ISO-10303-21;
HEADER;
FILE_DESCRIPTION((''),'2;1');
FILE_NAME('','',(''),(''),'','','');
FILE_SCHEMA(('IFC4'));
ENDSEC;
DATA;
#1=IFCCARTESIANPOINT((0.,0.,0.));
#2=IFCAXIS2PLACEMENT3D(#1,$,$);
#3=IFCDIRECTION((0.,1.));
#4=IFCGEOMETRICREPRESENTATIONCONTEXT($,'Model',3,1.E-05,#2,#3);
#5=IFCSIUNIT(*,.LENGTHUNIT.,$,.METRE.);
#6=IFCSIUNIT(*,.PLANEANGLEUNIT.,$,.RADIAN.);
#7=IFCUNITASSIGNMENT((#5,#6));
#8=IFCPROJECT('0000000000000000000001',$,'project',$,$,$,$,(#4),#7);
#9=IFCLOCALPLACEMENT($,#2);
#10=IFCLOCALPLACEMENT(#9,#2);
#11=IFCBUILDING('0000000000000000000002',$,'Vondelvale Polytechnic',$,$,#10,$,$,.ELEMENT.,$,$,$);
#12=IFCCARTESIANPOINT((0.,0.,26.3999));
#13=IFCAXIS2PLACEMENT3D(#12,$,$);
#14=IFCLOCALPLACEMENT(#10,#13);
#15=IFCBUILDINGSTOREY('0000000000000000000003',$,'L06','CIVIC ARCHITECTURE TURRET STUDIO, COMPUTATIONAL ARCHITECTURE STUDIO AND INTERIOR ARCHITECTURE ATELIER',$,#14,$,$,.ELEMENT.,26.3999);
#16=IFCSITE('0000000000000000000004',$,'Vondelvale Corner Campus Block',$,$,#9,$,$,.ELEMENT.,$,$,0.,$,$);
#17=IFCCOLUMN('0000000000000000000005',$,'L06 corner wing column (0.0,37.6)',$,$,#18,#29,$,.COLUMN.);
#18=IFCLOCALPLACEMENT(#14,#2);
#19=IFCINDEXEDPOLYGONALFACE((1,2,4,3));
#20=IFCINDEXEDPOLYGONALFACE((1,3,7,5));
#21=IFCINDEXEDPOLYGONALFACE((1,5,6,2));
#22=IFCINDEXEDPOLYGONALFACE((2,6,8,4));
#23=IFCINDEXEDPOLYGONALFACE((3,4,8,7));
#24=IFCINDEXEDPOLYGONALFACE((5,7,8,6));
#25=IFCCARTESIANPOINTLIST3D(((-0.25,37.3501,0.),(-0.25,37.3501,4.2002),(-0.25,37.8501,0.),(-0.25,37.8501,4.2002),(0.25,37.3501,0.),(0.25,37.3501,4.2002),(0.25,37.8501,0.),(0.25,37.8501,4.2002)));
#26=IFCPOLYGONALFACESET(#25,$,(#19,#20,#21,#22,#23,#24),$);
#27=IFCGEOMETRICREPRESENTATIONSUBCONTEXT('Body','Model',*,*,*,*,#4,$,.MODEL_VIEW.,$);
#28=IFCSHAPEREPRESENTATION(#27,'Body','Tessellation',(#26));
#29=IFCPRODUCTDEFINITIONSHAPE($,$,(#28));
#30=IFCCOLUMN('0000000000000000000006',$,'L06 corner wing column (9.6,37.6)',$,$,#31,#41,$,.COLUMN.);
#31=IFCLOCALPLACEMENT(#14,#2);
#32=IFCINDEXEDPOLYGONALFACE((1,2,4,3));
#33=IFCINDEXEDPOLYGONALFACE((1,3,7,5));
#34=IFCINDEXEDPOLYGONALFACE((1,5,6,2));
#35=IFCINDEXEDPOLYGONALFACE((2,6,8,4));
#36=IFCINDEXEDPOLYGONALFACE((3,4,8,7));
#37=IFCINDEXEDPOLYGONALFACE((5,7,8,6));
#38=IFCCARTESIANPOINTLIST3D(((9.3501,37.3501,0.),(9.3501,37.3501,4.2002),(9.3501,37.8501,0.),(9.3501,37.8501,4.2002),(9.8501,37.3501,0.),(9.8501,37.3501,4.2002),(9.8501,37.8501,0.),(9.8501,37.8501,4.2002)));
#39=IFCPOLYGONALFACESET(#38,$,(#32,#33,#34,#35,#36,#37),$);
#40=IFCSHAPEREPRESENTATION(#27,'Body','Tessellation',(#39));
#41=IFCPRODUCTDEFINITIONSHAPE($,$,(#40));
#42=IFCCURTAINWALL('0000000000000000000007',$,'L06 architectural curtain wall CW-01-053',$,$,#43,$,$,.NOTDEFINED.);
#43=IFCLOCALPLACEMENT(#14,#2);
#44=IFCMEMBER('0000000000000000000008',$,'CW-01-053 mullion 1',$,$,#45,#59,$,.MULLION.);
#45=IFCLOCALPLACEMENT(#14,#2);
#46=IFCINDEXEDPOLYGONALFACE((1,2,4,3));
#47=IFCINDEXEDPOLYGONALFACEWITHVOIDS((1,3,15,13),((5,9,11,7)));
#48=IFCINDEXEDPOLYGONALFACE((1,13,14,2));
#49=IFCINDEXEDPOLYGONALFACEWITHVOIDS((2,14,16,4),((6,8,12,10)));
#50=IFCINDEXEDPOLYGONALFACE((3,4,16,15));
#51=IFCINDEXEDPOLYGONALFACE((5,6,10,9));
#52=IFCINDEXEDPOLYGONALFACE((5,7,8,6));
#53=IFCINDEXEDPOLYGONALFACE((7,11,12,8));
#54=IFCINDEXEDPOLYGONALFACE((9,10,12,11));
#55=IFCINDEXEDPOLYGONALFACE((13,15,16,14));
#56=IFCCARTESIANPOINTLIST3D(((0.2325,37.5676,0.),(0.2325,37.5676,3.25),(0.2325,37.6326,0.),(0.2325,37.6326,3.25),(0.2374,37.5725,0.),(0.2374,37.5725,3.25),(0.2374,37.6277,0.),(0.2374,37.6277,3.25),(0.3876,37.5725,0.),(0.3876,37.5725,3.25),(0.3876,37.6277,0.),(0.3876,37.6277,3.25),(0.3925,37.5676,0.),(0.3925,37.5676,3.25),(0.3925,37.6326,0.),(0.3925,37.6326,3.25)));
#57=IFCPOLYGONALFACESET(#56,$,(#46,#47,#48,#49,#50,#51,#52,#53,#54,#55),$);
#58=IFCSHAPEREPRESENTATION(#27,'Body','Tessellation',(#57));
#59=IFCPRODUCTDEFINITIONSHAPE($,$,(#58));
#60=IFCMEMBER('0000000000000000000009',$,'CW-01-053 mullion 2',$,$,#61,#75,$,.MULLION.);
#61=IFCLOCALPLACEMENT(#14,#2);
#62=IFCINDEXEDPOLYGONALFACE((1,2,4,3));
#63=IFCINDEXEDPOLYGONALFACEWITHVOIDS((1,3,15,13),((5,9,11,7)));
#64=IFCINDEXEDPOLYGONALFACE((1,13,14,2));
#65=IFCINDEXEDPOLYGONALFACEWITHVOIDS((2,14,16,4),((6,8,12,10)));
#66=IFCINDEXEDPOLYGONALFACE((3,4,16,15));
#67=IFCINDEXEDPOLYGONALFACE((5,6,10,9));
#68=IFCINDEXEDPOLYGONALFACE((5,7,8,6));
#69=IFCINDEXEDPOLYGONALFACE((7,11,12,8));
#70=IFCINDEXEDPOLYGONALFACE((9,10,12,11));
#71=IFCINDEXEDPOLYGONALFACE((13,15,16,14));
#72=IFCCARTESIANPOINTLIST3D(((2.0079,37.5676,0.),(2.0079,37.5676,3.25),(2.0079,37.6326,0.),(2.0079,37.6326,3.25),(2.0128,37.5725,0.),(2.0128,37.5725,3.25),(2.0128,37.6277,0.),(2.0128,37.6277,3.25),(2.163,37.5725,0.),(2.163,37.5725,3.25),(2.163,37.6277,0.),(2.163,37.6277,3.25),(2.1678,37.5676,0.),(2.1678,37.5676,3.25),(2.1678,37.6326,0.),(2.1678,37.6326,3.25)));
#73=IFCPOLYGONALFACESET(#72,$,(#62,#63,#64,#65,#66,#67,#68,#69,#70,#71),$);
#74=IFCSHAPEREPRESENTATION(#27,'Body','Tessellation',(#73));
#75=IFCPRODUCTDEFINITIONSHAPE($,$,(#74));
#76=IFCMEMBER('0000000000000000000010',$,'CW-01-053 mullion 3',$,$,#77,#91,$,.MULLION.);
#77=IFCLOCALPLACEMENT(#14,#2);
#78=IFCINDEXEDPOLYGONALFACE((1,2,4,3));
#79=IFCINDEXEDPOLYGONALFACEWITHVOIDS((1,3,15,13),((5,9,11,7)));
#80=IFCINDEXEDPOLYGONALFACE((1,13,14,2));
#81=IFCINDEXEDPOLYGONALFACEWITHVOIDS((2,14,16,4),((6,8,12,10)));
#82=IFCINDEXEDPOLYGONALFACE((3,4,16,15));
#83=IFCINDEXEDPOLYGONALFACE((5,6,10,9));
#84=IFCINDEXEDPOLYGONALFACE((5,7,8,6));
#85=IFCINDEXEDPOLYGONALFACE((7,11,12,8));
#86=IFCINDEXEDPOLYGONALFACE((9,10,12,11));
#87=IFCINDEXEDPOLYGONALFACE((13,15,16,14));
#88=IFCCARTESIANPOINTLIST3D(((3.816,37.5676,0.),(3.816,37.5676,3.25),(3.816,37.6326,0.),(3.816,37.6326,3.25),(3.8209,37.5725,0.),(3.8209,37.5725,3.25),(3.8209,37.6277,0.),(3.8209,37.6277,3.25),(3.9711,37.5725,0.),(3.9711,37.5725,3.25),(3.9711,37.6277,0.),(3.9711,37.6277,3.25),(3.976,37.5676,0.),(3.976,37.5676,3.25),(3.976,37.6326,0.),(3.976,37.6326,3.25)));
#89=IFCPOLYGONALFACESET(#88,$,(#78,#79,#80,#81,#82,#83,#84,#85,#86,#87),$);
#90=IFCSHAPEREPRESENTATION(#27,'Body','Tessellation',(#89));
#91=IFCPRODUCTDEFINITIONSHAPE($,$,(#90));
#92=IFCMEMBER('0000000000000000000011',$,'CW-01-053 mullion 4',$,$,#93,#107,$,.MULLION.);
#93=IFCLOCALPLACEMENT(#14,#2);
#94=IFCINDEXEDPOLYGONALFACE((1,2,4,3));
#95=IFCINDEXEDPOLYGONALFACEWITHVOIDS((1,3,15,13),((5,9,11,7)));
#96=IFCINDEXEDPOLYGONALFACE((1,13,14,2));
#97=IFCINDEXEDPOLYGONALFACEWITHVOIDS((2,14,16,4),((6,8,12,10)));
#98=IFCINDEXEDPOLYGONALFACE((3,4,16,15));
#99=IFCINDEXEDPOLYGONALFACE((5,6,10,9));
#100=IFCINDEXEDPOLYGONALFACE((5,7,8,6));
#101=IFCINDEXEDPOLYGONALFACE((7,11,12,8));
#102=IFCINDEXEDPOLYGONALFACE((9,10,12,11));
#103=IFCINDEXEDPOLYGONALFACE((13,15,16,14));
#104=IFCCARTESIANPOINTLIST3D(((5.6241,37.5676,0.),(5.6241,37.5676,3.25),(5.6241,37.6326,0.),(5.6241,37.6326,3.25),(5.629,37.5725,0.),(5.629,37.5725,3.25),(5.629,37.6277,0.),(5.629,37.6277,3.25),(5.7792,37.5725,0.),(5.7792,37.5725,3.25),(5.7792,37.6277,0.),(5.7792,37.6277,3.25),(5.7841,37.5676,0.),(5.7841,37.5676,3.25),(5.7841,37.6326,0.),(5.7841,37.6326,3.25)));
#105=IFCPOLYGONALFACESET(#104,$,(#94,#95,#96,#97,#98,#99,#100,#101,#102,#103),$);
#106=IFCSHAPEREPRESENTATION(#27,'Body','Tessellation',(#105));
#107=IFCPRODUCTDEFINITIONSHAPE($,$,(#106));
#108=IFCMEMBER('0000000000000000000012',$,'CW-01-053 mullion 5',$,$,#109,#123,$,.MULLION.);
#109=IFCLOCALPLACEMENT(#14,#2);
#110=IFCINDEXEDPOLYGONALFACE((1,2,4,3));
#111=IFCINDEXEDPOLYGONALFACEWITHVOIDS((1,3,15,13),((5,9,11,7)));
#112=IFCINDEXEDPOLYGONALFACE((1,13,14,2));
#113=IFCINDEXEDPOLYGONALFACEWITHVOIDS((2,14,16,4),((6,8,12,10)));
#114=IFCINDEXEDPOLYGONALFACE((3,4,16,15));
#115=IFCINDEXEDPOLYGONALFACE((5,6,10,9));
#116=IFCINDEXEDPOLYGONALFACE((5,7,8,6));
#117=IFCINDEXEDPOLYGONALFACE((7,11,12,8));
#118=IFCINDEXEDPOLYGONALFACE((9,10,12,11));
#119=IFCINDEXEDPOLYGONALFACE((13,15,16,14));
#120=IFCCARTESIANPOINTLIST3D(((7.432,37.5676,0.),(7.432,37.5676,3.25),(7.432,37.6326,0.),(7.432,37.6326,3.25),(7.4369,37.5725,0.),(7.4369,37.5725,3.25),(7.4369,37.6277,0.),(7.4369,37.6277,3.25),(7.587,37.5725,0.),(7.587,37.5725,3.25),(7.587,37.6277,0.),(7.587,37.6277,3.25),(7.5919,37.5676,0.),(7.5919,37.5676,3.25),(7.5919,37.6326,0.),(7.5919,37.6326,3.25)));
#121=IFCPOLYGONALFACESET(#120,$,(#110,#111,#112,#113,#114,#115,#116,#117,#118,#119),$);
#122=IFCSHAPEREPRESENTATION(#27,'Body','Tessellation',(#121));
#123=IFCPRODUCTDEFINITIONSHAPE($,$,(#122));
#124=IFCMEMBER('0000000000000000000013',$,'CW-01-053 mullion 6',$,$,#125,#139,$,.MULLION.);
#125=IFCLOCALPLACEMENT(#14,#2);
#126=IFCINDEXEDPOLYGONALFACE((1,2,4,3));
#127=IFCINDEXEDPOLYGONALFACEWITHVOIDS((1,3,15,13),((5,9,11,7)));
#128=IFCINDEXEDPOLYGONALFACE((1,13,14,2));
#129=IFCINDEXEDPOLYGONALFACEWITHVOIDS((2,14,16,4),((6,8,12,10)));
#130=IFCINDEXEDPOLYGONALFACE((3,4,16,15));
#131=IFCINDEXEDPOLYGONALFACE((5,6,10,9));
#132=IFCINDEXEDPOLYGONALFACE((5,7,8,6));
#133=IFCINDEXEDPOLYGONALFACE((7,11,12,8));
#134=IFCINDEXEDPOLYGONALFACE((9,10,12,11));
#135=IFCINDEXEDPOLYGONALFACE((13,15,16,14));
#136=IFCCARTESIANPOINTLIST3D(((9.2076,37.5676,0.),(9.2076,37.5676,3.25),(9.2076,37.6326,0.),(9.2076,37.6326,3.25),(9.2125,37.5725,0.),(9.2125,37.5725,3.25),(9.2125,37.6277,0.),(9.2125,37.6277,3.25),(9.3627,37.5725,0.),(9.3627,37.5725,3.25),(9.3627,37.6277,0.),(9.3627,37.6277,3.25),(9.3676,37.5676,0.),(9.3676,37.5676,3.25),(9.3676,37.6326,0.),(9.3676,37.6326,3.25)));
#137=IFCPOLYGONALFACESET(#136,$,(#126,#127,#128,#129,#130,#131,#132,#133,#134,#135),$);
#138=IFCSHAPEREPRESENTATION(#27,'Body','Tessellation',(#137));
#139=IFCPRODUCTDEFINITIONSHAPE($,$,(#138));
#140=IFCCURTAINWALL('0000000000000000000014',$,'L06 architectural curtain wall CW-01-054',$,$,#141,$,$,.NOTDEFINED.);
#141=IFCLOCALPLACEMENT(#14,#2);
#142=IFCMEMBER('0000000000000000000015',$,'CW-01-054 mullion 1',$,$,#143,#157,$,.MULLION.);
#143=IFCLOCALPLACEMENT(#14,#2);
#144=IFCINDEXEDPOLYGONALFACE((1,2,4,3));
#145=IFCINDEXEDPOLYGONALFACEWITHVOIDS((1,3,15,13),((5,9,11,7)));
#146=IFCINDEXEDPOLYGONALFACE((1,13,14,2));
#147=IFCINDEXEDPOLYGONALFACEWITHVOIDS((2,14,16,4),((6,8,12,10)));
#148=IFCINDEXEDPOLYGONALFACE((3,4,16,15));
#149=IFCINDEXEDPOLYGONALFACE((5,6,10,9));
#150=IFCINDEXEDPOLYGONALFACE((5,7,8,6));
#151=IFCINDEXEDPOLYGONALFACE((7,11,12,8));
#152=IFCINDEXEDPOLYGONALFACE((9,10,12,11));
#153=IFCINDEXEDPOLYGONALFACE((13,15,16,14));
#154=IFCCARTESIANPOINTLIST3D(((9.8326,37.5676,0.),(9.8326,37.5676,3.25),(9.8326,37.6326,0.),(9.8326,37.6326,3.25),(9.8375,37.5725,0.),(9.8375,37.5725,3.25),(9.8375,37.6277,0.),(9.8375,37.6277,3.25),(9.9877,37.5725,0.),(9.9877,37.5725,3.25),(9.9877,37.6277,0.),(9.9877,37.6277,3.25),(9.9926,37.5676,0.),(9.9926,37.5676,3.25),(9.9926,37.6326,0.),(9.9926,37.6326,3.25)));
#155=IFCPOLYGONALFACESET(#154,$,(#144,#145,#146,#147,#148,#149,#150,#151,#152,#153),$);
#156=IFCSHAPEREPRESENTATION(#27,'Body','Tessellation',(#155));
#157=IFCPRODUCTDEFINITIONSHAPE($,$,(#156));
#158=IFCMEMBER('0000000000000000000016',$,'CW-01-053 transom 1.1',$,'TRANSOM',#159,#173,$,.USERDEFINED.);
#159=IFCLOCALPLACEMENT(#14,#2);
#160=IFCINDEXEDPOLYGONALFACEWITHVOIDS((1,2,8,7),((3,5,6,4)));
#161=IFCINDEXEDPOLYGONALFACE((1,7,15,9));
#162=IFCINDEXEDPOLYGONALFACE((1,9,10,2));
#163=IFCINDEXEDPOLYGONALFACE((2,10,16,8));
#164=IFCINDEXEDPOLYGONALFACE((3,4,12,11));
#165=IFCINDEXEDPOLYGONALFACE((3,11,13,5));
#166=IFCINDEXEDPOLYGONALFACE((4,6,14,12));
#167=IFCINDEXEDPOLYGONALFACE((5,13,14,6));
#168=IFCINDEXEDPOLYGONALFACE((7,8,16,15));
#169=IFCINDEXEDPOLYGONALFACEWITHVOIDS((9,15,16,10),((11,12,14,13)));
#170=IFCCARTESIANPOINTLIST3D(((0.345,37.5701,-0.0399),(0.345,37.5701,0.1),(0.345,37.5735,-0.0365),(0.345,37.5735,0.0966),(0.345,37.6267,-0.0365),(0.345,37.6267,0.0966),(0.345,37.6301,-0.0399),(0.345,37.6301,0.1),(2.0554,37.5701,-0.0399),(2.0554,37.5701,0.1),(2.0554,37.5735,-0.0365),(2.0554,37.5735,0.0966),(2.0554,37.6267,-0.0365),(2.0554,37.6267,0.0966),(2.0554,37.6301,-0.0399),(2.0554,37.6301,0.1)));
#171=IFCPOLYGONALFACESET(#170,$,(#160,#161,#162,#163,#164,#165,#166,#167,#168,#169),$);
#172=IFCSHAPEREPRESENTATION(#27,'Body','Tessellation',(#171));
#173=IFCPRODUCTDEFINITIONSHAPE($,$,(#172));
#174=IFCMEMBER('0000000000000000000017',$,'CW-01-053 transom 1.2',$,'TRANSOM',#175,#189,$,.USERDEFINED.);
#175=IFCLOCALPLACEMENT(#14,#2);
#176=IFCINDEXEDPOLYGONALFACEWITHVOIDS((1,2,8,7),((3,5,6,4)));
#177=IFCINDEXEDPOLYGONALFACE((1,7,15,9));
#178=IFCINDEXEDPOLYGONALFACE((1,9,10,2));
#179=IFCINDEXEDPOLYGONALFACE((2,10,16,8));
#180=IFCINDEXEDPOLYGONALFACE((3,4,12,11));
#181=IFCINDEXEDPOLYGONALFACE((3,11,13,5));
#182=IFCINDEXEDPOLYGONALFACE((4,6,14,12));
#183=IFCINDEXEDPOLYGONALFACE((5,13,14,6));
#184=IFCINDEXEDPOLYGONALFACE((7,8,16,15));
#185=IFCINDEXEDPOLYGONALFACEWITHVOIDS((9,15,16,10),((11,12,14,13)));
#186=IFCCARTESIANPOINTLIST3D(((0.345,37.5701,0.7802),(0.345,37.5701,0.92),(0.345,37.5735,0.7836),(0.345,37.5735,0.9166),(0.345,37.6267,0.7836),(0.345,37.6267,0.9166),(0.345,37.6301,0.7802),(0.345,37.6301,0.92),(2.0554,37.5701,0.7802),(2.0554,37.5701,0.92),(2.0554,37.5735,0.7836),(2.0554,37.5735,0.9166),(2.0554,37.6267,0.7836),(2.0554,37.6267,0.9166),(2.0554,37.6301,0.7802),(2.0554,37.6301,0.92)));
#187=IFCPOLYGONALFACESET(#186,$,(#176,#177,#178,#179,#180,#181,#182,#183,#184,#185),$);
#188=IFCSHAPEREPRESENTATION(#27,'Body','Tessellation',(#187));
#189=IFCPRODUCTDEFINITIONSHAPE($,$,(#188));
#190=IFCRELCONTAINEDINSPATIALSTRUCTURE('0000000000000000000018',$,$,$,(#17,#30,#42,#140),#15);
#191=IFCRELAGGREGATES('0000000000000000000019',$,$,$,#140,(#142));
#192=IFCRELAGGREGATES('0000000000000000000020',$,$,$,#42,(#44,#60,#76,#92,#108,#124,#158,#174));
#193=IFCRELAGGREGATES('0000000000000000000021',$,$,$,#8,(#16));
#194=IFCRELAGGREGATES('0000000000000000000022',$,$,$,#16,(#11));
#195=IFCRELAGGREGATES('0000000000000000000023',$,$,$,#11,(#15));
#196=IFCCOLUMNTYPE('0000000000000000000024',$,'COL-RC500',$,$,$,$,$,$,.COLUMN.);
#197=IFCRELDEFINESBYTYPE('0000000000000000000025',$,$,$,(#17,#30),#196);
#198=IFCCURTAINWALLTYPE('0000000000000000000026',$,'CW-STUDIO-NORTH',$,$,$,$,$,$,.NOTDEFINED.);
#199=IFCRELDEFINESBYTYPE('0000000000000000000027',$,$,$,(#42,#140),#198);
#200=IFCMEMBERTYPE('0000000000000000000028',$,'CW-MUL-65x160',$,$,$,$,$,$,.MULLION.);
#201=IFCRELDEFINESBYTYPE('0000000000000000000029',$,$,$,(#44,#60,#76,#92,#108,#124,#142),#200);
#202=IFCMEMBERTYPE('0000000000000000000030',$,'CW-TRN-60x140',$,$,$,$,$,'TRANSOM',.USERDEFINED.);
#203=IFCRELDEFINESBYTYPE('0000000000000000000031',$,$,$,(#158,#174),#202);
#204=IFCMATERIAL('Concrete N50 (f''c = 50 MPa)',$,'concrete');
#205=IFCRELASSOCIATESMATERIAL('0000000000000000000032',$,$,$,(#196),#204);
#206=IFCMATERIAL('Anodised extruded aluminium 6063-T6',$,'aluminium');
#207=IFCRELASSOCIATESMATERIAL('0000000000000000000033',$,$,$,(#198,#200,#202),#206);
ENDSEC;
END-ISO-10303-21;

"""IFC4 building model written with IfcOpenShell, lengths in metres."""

from ifc_helpers import new_model, si_unit, direction, frame, origin, origin_2d, place, context, subcontext, project, spatial, rectangle, hollow_rectangle, extrude, material, material_profile, profile_set, type_object, element, aggregate, save


model = new_model("IFC4")

# Units and contexts
model_context = context("Model", 3, precision=1e-05, world=origin(), true_north=direction((0.0, 1.0)))
body_context = subcontext(model_context, "Body", "Model", "MODEL_VIEW")
ifc_project = project(units=[si_unit("LENGTHUNIT", "METRE"), si_unit("PLANEANGLEUNIT", "RADIAN")], contexts=[model_context])

# Site, building, storey
site_placement = place(None, origin())
site = spatial("IfcSite", under=ifc_project, at=site_placement, Name="Vondelvale Corner Campus Block", CompositionType="ELEMENT", RefElevation=0.0)
building_placement = place(site_placement, origin())
building = spatial("IfcBuilding", under=site, at=building_placement, Name="Vondelvale Polytechnic", CompositionType="ELEMENT")
storey_placement = place(building_placement, frame((0.0, 0.0, 26.3999)))
storey = spatial("IfcBuildingStorey", under=building, at=storey_placement, Name="L06", Description="CIVIC ARCHITECTURE TURRET STUDIO, COMPUTATIONAL ARCHITECTURE STUDIO AND INTERIOR ARCHITECTURE ATELIER", CompositionType="ELEMENT", Elevation=26.3999)

# Columns
ifc_material_1 = material(Name="Concrete N50 (f'c = 50 MPa)", Category="concrete")
ifc_material_profile_1 = material_profile(ifc_material_1, rectangle(XDim=0.5, YDim=0.5, at=origin_2d()), Name="RC-COL-500x500")
ifc_profile_set_1 = profile_set([ifc_material_profile_1], Name="Concrete N50 (f'c = 50 MPa)")
column_type = type_object("IfcColumnType", Name="COL-RC500", PredefinedType="COLUMN", material=ifc_profile_set_1)
for number, where, z_axis, x_axis, name in (
    (1, (0.0, 37.6001, 0.0), (0.0, 0.0, 1.0), (1.0, 0.0, 0.0), "L06 corner wing column (0.0,37.6)"),
    (2, (9.6001, 37.6001, 0.0), (0.0, 0.0, 1.0), (1.0, 0.0, 0.0), "L06 corner wing column (9.6,37.6)"),
):
    element("IfcColumn", number, at=place(storey_placement, frame(where, z_axis=z_axis, x_axis=x_axis)), inside=storey, type_object=column_type, Name=name, PredefinedType="COLUMN", context=body_context, shape_type="SweptSolid", body=[
        extrude(rectangle(XDim=0.5, YDim=0.5, at=origin_2d()), origin(), (0.0, 0.0, 1.0), 4.2002),
    ])

# Curtain wall, members
ifc_material_2 = material(Name="Anodised extruded aluminium 6063-T6", Category="aluminium")
curtain_wall_type = type_object("IfcCurtainWallType", Name="CW-STUDIO-NORTH", PredefinedType="NOTDEFINED", material=ifc_material_2)
curtain_wall_1_placement = place(storey_placement, origin())
curtain_wall_1 = element("IfcCurtainWall", 3, at=curtain_wall_1_placement, inside=storey, type_object=curtain_wall_type, Name="L06 architectural curtain wall CW-01-053", PredefinedType="NOTDEFINED")
ifc_material_profile_2 = material_profile(ifc_material_2, hollow_rectangle(XDim=0.0649, YDim=0.1599, WallThickness=0.0049, at=origin_2d()), Name="CW-MUL-160x65")
ifc_profile_set_2 = profile_set([ifc_material_profile_2], Name="Anodised extruded aluminium 6063-T6")
member_type_1 = type_object("IfcMemberType", Name="CW-MUL-65x160", PredefinedType="MULLION", material=ifc_profile_set_2)
member_1_placement = place(storey_placement, frame((0.3125, 37.6001, 0.0), z_axis=(0.0, 0.0, 1.0), x_axis=(0.0, 1.0, 0.0)))
member_1 = element("IfcMember", 4, at=member_1_placement, type_object=member_type_1, Name="CW-01-053 mullion 1", PredefinedType="MULLION", context=body_context, shape_type="SweptSolid", body=[
    extrude(hollow_rectangle(XDim=0.0649, YDim=0.1599, WallThickness=0.0049, at=origin_2d()), origin(), (0.0, 0.0, 1.0), 3.25),
])
member_2_placement = place(storey_placement, frame((2.0879, 37.6001, 0.0), z_axis=(0.0, 0.0, 1.0), x_axis=(0.0, 1.0, 0.0)))
member_2 = element("IfcMember", 5, at=member_2_placement, type_object=member_type_1, Name="CW-01-053 mullion 2", PredefinedType="MULLION", context=body_context, shape_type="SweptSolid", body=[
    extrude(hollow_rectangle(XDim=0.0649, YDim=0.1599, WallThickness=0.0049, at=origin_2d()), origin(), (0.0, 0.0, 1.0), 3.25),
])
member_3_placement = place(storey_placement, frame((3.896, 37.6001, 0.0), z_axis=(0.0, 0.0, 1.0), x_axis=(0.0, 1.0, 0.0)))
member_3 = element("IfcMember", 6, at=member_3_placement, type_object=member_type_1, Name="CW-01-053 mullion 3", PredefinedType="MULLION", context=body_context, shape_type="SweptSolid", body=[
    extrude(hollow_rectangle(XDim=0.0649, YDim=0.1599, WallThickness=0.0049, at=origin_2d()), origin(), (0.0, 0.0, 1.0), 3.25),
])
member_4_placement = place(storey_placement, frame((5.7041, 37.6001, 0.0), z_axis=(0.0, 0.0, 1.0), x_axis=(0.0, 1.0, 0.0)))
member_4 = element("IfcMember", 7, at=member_4_placement, type_object=member_type_1, Name="CW-01-053 mullion 4", PredefinedType="MULLION", context=body_context, shape_type="SweptSolid", body=[
    extrude(hollow_rectangle(XDim=0.0649, YDim=0.1599, WallThickness=0.0049, at=origin_2d()), origin(), (0.0, 0.0, 1.0), 3.25),
])
member_5_placement = place(storey_placement, frame((7.512, 37.6001, 0.0), z_axis=(0.0, 0.0, 1.0), x_axis=(0.0, 1.0, 0.0)))
member_5 = element("IfcMember", 8, at=member_5_placement, type_object=member_type_1, Name="CW-01-053 mullion 5", PredefinedType="MULLION", context=body_context, shape_type="SweptSolid", body=[
    extrude(hollow_rectangle(XDim=0.0649, YDim=0.1599, WallThickness=0.0049, at=origin_2d()), origin(), (0.0, 0.0, 1.0), 3.25),
])
member_6_placement = place(storey_placement, frame((9.2876, 37.6001, 0.0), z_axis=(0.0, 0.0, 1.0), x_axis=(0.0, 1.0, 0.0)))
member_6 = element("IfcMember", 9, at=member_6_placement, type_object=member_type_1, Name="CW-01-053 mullion 6", PredefinedType="MULLION", context=body_context, shape_type="SweptSolid", body=[
    extrude(hollow_rectangle(XDim=0.0649, YDim=0.1599, WallThickness=0.0049, at=origin_2d()), origin(), (0.0, 0.0, 1.0), 3.25),
])

# Curtain wall, member
curtain_wall_2_placement = place(storey_placement, origin())
curtain_wall_2 = element("IfcCurtainWall", 10, at=curtain_wall_2_placement, inside=storey, type_object=curtain_wall_type, Name="L06 architectural curtain wall CW-01-054", PredefinedType="NOTDEFINED")
member_7_placement = place(storey_placement, frame((9.9126, 37.6001, 0.0), z_axis=(0.0, 0.0, 1.0), x_axis=(0.0, 1.0, 0.0)))
member_7 = element("IfcMember", 11, at=member_7_placement, type_object=member_type_1, Name="CW-01-054 mullion 1", PredefinedType="MULLION", context=body_context, shape_type="SweptSolid", body=[
    extrude(hollow_rectangle(XDim=0.0649, YDim=0.1599, WallThickness=0.0049, at=origin_2d()), origin(), (0.0, 0.0, 1.0), 3.25),
])

# Members
ifc_material_profile_3 = material_profile(ifc_material_2, hollow_rectangle(XDim=0.0601, YDim=0.1399, WallThickness=0.0034, at=origin_2d()), Name="CW-TRN-140x60")
ifc_profile_set_3 = profile_set([ifc_material_profile_3], Name="Anodised extruded aluminium 6063-T6")
member_type_2 = type_object("IfcMemberType", Name="CW-TRN-60x140", ElementType="TRANSOM", PredefinedType="USERDEFINED", material=ifc_profile_set_3)
member_8_placement = place(storey_placement, frame((0.345, 37.6001, 0.03), z_axis=(1.0, 0.0, 0.0), x_axis=(0.0, 1.0, 0.0)))
member_8 = element("IfcMember", 12, at=member_8_placement, type_object=member_type_2, Name="CW-01-053 transom 1.1", ObjectType="TRANSOM", PredefinedType="USERDEFINED", context=body_context, shape_type="SweptSolid", body=[
    extrude(hollow_rectangle(XDim=0.0601, YDim=0.1399, WallThickness=0.0034, at=origin_2d()), origin(), (0.0, 0.0, 1.0), 1.7104),
])
member_9_placement = place(storey_placement, frame((0.345, 37.6001, 0.8501), z_axis=(1.0, 0.0, 0.0), x_axis=(0.0, 1.0, 0.0)))
member_9 = element("IfcMember", 13, at=member_9_placement, type_object=member_type_2, Name="CW-01-053 transom 1.2", ObjectType="TRANSOM", PredefinedType="USERDEFINED", context=body_context, shape_type="SweptSolid", body=[
    extrude(hollow_rectangle(XDim=0.0601, YDim=0.1399, WallThickness=0.0034, at=origin_2d()), origin(), (0.0, 0.0, 1.0), 1.7104),
])
aggregate(curtain_wall_2, [member_7])

aggregate(curtain_wall_1, [member_1, member_2, member_3, member_4, member_5, member_6, member_8, member_9])

save(model, "model.ifc")
